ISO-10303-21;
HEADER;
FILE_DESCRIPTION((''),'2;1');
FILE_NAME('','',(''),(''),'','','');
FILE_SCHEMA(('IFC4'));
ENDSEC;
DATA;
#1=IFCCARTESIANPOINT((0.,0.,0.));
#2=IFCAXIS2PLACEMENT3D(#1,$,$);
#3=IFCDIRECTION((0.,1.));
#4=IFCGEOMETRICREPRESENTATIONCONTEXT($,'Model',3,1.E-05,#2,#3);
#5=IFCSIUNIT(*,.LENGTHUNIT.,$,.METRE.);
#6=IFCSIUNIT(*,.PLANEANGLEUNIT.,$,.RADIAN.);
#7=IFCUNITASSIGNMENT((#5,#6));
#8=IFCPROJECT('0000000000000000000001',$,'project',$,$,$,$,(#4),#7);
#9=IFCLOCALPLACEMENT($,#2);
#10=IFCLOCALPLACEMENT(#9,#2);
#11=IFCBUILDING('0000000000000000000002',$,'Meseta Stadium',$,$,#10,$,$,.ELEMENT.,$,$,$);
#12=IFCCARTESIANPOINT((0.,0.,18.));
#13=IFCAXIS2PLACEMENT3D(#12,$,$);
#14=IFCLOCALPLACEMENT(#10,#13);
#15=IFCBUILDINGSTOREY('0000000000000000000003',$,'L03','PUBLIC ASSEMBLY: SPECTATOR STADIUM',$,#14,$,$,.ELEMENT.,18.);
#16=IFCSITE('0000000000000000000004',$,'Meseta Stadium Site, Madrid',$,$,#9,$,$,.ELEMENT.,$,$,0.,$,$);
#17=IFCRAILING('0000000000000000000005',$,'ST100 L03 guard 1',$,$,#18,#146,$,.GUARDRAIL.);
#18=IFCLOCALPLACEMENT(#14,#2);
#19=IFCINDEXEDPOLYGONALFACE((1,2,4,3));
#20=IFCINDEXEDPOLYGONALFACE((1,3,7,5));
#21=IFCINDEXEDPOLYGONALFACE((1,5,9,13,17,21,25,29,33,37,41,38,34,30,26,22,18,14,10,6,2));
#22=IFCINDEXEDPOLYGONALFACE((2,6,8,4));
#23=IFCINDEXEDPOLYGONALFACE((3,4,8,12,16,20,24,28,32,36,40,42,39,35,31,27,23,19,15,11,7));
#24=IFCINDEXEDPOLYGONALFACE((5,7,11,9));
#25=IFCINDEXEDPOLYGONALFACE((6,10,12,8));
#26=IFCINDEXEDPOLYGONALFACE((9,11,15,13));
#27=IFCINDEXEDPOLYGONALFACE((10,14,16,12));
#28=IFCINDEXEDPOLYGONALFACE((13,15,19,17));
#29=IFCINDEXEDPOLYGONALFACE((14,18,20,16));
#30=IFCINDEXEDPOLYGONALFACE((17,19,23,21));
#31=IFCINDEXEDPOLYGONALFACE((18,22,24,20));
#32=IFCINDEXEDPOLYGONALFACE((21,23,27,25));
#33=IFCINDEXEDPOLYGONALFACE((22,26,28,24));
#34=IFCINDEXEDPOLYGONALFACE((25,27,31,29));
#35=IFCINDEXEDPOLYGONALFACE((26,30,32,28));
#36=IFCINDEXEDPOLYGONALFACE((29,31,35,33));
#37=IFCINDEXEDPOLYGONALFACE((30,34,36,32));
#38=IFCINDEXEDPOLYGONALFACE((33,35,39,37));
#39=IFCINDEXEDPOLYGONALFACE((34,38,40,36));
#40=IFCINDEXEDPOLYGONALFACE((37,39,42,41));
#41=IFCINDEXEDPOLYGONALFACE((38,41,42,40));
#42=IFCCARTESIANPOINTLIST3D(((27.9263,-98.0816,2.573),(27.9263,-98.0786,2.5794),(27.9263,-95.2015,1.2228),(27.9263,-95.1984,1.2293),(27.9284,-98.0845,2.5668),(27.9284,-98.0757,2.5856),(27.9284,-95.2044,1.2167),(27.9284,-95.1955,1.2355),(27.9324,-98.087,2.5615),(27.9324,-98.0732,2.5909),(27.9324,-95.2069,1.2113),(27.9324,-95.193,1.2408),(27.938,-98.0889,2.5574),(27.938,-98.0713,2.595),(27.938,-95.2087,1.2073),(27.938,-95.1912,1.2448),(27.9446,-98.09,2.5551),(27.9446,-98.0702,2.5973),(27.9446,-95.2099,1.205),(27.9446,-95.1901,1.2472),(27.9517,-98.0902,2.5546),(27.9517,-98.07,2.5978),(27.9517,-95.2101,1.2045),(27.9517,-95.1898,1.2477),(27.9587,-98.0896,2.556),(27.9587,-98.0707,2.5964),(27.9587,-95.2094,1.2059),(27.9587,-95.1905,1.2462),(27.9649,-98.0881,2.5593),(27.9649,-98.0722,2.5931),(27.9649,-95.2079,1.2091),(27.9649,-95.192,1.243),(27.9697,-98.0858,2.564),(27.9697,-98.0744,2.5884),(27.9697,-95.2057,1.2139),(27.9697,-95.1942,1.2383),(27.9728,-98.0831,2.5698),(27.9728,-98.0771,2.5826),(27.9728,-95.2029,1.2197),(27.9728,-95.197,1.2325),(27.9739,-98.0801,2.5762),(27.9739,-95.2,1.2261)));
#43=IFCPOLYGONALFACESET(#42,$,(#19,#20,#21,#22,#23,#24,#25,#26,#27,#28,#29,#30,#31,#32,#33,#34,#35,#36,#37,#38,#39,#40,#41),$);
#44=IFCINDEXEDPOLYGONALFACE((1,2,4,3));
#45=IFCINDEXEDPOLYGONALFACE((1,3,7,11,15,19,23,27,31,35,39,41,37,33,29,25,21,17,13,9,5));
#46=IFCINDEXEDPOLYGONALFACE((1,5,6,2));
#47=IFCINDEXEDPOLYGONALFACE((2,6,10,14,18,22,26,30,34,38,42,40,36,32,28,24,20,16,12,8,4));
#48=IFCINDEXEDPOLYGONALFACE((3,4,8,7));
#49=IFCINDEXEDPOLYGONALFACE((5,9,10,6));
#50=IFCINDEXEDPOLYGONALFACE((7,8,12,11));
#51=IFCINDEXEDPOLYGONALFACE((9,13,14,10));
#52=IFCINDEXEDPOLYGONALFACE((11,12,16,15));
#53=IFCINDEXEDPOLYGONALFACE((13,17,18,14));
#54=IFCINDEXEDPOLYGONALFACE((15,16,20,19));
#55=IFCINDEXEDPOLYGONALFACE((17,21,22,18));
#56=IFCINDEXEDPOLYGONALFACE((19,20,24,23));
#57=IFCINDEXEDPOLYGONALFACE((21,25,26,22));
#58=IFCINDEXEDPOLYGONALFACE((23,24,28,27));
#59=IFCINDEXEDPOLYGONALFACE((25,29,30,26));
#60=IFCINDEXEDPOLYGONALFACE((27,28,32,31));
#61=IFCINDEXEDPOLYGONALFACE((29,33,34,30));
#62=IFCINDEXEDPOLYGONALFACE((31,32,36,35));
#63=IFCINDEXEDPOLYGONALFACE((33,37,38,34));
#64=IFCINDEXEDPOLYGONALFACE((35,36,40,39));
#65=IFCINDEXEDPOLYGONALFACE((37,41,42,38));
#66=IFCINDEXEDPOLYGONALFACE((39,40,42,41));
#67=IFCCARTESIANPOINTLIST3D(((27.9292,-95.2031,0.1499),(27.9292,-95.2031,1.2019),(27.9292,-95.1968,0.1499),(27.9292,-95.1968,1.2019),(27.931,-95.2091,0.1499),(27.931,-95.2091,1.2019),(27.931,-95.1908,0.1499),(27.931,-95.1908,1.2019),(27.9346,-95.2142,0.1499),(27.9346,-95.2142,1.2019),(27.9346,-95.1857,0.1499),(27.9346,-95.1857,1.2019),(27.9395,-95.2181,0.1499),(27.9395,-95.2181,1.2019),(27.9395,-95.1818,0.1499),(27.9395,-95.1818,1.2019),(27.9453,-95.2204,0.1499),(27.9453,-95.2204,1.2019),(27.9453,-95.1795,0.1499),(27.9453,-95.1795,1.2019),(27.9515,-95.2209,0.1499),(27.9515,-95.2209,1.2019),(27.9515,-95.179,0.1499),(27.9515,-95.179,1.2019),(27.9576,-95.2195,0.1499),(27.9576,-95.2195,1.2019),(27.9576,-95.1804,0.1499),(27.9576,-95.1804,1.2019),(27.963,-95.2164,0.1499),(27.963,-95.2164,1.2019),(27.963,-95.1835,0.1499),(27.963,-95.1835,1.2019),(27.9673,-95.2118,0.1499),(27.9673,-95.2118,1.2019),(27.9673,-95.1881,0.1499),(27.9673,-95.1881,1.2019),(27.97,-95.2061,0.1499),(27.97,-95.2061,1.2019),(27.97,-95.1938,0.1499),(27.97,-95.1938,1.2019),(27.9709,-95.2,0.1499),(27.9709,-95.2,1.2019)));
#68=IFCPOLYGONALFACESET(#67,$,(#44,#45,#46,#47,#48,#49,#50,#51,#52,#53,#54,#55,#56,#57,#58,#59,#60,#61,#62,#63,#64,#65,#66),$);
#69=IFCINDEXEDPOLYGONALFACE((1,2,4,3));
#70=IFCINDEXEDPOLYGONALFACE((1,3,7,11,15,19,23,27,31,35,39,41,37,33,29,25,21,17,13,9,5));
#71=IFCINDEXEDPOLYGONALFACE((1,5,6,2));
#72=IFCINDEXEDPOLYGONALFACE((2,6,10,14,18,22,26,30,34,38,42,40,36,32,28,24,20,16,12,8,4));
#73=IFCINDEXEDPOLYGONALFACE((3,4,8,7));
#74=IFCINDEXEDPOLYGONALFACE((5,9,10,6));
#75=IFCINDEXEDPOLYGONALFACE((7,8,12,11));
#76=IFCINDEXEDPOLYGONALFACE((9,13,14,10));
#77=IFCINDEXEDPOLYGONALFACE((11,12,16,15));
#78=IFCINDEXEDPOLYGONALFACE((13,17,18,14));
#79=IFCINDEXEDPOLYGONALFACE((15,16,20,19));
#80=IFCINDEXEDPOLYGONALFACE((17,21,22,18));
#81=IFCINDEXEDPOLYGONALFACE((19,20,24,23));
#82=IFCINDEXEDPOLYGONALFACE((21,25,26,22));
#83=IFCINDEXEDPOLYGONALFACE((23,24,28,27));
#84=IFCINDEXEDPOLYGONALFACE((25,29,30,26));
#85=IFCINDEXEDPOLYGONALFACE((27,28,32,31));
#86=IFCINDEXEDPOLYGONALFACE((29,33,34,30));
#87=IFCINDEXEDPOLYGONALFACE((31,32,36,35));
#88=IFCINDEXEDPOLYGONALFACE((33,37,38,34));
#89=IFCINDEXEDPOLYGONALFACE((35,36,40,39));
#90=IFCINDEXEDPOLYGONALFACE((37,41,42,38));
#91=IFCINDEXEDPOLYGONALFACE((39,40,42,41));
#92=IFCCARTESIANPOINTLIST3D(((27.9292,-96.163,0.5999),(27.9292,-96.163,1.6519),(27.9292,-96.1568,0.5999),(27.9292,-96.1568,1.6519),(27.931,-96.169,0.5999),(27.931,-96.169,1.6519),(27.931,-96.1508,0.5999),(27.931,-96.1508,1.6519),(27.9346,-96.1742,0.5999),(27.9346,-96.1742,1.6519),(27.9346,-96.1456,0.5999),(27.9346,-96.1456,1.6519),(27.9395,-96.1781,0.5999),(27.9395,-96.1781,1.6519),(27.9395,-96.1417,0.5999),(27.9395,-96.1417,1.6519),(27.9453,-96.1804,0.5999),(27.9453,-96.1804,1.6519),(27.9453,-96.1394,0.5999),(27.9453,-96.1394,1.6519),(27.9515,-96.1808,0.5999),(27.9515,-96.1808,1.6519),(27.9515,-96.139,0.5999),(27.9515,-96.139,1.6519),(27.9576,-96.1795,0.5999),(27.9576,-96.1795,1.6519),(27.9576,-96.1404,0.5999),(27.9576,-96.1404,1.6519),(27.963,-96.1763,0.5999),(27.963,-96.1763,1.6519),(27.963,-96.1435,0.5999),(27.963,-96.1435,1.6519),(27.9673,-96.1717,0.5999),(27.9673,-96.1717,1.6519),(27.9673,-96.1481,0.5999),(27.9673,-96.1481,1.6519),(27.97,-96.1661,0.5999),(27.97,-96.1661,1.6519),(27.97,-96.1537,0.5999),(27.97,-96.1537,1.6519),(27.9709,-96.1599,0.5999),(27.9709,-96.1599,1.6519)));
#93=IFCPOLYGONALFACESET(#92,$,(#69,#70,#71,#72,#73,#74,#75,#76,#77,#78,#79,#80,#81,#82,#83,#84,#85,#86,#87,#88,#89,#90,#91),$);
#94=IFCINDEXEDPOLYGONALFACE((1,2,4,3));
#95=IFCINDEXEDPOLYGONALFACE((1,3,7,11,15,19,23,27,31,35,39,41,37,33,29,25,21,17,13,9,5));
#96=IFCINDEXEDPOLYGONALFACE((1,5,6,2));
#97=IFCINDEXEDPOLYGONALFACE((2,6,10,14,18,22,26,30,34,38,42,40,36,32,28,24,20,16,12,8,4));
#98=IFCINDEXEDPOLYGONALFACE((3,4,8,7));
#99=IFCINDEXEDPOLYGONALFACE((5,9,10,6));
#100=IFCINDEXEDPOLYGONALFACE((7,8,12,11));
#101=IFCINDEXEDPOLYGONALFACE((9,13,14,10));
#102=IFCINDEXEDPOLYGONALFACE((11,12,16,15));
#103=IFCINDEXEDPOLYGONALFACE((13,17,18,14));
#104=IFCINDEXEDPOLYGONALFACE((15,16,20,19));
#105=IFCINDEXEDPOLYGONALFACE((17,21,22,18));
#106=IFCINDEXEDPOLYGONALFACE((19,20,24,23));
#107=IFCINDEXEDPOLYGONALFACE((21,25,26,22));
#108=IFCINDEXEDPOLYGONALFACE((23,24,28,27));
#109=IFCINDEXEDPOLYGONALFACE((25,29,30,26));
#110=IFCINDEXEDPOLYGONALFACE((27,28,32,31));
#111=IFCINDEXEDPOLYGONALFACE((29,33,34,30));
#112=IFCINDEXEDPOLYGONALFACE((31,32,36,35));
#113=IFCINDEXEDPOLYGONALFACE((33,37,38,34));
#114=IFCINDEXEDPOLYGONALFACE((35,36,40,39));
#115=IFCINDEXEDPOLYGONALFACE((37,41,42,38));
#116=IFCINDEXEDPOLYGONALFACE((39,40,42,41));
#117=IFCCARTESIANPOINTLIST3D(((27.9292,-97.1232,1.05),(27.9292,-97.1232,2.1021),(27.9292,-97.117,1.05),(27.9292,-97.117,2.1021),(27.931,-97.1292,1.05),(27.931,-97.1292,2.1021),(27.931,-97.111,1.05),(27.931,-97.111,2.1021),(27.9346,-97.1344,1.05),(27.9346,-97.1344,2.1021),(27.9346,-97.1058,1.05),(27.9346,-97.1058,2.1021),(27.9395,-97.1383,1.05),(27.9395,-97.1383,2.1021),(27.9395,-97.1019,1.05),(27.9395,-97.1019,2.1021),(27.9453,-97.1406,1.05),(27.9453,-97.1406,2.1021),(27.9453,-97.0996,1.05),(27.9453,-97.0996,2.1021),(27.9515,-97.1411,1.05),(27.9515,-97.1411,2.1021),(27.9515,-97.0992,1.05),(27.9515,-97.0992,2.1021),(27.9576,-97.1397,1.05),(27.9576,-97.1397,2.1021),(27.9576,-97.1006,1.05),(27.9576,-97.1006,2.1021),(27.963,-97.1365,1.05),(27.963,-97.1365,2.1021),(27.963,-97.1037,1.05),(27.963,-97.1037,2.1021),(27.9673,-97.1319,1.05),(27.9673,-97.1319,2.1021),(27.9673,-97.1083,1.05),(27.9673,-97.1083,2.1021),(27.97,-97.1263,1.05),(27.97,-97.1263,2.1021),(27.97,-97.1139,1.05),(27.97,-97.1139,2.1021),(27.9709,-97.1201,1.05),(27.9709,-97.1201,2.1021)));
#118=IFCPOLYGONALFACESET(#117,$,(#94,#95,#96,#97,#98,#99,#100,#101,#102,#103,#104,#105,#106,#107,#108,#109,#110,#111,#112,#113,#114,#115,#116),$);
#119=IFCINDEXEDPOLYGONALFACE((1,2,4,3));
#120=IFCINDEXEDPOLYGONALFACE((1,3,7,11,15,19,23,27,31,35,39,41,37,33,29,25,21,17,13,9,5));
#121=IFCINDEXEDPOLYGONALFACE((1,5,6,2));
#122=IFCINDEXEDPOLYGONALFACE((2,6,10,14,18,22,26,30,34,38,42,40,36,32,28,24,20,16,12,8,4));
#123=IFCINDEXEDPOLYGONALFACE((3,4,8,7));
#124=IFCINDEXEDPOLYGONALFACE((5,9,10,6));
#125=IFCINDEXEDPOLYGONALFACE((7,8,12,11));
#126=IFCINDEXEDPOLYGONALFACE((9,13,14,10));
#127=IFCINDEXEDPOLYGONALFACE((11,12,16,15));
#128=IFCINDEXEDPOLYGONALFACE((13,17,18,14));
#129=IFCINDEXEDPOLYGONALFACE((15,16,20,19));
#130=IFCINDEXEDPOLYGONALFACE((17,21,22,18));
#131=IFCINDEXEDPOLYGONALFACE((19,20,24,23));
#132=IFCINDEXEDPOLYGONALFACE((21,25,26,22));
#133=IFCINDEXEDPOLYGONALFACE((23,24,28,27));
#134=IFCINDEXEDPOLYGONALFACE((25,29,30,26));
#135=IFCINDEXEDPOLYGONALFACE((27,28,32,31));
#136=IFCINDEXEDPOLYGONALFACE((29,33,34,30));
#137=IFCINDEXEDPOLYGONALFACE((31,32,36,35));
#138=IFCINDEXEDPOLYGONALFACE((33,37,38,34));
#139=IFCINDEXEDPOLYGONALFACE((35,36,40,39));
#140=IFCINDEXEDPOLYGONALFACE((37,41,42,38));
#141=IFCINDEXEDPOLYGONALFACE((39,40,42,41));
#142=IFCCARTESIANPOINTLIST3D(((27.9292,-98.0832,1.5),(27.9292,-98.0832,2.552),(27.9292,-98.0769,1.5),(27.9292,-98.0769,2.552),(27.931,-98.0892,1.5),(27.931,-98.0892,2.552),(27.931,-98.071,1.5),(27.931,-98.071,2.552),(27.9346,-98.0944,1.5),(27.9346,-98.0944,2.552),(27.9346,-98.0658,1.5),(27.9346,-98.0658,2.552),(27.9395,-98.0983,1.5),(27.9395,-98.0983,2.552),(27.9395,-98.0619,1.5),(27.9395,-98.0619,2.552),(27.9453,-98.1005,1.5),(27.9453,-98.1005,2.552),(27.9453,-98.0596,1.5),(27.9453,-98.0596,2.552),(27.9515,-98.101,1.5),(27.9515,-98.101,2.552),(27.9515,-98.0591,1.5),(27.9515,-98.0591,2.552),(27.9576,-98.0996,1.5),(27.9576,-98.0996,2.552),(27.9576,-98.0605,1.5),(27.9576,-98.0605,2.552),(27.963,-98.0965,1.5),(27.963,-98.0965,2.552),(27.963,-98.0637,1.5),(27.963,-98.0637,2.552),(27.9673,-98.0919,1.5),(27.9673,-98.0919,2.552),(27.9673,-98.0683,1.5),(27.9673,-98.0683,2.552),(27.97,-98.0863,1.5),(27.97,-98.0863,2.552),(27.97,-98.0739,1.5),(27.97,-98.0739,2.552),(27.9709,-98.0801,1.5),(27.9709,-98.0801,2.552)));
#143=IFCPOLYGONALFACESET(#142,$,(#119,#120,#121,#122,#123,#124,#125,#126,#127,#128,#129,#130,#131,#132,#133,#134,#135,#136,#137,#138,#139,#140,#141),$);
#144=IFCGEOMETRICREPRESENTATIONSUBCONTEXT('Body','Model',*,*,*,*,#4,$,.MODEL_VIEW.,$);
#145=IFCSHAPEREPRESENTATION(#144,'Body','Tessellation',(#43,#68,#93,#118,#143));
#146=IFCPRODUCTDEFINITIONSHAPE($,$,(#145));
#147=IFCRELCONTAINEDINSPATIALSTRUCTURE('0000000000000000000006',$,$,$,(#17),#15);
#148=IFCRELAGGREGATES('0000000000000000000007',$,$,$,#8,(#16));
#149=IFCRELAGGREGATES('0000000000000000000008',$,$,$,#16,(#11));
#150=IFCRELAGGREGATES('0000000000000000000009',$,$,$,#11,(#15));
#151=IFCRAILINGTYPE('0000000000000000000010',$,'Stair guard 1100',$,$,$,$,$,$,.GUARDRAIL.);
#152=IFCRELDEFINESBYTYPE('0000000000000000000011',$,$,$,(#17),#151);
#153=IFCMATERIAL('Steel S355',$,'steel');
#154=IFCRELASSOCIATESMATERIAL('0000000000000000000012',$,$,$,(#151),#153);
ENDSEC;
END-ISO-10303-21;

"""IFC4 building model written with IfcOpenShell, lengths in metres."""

from ifc_helpers import new_model, si_unit, direction, frame, origin, origin_2d, place, context, subcontext, project, spatial, circle, extrude, material, type_object, element, save


model = new_model("IFC4")

# Units and contexts
model_context = context("Model", 3, precision=1e-05, world=origin(), true_north=direction((0.0, 1.0)))
body_context = subcontext(model_context, "Body", "Model", "MODEL_VIEW")
ifc_project = project(units=[si_unit("LENGTHUNIT", "METRE"), si_unit("PLANEANGLEUNIT", "RADIAN")], contexts=[model_context])

# Site, building, storey
site_placement = place(None, origin())
site = spatial("IfcSite", under=ifc_project, at=site_placement, Name="Meseta Stadium Site, Madrid", CompositionType="ELEMENT", RefElevation=0.0)
building_placement = place(site_placement, origin())
building = spatial("IfcBuilding", under=site, at=building_placement, Name="Meseta Stadium", CompositionType="ELEMENT")
storey_placement = place(building_placement, frame((0.0, 0.0, 18.0)))
storey = spatial("IfcBuildingStorey", under=building, at=storey_placement, Name="L03", Description="PUBLIC ASSEMBLY: SPECTATOR STADIUM", CompositionType="ELEMENT", Elevation=18.0)

# Railing
ifc_material_1 = material(Name="Steel S355", Category="steel")
railing_type_1 = type_object("IfcRailingType", Name="Stair guard 1100", PredefinedType="GUARDRAIL", material=ifc_material_1)
railing_1_placement = place(storey_placement, frame((27.95, -95.2, 0.1499)))
element("IfcRailing", 1, at=railing_1_placement, inside=storey, type_object=railing_type_1, Name="ST100 L03 guard 1", PredefinedType="GUARDRAIL", context=body_context, shape_type="SweptSolid", body=[
    extrude(circle(Radius=0.0239, at=origin_2d()), frame((0.0, 0.0, 1.0762), z_axis=(0.0, -0.905454, 0.424444), x_axis=(1.0, 0.0, 0.0)), (0.0, 0.0, 1.0), 3.1809),
    extrude(circle(Radius=0.021, at=origin_2d()), origin(), (0.0, 0.0, 1.0), 1.052),
    extrude(circle(Radius=0.021, at=origin_2d()), frame((0.0, -0.96, 0.45)), (0.0, 0.0, 1.0), 1.052),
    extrude(circle(Radius=0.021, at=origin_2d()), frame((0.0, -1.9202, 0.9001)), (0.0, 0.0, 1.0), 1.052),
    extrude(circle(Radius=0.021, at=origin_2d()), frame((0.0, -2.8801, 1.3501)), (0.0, 0.0, 1.0), 1.052),
])

save(model, "model.ifc")
